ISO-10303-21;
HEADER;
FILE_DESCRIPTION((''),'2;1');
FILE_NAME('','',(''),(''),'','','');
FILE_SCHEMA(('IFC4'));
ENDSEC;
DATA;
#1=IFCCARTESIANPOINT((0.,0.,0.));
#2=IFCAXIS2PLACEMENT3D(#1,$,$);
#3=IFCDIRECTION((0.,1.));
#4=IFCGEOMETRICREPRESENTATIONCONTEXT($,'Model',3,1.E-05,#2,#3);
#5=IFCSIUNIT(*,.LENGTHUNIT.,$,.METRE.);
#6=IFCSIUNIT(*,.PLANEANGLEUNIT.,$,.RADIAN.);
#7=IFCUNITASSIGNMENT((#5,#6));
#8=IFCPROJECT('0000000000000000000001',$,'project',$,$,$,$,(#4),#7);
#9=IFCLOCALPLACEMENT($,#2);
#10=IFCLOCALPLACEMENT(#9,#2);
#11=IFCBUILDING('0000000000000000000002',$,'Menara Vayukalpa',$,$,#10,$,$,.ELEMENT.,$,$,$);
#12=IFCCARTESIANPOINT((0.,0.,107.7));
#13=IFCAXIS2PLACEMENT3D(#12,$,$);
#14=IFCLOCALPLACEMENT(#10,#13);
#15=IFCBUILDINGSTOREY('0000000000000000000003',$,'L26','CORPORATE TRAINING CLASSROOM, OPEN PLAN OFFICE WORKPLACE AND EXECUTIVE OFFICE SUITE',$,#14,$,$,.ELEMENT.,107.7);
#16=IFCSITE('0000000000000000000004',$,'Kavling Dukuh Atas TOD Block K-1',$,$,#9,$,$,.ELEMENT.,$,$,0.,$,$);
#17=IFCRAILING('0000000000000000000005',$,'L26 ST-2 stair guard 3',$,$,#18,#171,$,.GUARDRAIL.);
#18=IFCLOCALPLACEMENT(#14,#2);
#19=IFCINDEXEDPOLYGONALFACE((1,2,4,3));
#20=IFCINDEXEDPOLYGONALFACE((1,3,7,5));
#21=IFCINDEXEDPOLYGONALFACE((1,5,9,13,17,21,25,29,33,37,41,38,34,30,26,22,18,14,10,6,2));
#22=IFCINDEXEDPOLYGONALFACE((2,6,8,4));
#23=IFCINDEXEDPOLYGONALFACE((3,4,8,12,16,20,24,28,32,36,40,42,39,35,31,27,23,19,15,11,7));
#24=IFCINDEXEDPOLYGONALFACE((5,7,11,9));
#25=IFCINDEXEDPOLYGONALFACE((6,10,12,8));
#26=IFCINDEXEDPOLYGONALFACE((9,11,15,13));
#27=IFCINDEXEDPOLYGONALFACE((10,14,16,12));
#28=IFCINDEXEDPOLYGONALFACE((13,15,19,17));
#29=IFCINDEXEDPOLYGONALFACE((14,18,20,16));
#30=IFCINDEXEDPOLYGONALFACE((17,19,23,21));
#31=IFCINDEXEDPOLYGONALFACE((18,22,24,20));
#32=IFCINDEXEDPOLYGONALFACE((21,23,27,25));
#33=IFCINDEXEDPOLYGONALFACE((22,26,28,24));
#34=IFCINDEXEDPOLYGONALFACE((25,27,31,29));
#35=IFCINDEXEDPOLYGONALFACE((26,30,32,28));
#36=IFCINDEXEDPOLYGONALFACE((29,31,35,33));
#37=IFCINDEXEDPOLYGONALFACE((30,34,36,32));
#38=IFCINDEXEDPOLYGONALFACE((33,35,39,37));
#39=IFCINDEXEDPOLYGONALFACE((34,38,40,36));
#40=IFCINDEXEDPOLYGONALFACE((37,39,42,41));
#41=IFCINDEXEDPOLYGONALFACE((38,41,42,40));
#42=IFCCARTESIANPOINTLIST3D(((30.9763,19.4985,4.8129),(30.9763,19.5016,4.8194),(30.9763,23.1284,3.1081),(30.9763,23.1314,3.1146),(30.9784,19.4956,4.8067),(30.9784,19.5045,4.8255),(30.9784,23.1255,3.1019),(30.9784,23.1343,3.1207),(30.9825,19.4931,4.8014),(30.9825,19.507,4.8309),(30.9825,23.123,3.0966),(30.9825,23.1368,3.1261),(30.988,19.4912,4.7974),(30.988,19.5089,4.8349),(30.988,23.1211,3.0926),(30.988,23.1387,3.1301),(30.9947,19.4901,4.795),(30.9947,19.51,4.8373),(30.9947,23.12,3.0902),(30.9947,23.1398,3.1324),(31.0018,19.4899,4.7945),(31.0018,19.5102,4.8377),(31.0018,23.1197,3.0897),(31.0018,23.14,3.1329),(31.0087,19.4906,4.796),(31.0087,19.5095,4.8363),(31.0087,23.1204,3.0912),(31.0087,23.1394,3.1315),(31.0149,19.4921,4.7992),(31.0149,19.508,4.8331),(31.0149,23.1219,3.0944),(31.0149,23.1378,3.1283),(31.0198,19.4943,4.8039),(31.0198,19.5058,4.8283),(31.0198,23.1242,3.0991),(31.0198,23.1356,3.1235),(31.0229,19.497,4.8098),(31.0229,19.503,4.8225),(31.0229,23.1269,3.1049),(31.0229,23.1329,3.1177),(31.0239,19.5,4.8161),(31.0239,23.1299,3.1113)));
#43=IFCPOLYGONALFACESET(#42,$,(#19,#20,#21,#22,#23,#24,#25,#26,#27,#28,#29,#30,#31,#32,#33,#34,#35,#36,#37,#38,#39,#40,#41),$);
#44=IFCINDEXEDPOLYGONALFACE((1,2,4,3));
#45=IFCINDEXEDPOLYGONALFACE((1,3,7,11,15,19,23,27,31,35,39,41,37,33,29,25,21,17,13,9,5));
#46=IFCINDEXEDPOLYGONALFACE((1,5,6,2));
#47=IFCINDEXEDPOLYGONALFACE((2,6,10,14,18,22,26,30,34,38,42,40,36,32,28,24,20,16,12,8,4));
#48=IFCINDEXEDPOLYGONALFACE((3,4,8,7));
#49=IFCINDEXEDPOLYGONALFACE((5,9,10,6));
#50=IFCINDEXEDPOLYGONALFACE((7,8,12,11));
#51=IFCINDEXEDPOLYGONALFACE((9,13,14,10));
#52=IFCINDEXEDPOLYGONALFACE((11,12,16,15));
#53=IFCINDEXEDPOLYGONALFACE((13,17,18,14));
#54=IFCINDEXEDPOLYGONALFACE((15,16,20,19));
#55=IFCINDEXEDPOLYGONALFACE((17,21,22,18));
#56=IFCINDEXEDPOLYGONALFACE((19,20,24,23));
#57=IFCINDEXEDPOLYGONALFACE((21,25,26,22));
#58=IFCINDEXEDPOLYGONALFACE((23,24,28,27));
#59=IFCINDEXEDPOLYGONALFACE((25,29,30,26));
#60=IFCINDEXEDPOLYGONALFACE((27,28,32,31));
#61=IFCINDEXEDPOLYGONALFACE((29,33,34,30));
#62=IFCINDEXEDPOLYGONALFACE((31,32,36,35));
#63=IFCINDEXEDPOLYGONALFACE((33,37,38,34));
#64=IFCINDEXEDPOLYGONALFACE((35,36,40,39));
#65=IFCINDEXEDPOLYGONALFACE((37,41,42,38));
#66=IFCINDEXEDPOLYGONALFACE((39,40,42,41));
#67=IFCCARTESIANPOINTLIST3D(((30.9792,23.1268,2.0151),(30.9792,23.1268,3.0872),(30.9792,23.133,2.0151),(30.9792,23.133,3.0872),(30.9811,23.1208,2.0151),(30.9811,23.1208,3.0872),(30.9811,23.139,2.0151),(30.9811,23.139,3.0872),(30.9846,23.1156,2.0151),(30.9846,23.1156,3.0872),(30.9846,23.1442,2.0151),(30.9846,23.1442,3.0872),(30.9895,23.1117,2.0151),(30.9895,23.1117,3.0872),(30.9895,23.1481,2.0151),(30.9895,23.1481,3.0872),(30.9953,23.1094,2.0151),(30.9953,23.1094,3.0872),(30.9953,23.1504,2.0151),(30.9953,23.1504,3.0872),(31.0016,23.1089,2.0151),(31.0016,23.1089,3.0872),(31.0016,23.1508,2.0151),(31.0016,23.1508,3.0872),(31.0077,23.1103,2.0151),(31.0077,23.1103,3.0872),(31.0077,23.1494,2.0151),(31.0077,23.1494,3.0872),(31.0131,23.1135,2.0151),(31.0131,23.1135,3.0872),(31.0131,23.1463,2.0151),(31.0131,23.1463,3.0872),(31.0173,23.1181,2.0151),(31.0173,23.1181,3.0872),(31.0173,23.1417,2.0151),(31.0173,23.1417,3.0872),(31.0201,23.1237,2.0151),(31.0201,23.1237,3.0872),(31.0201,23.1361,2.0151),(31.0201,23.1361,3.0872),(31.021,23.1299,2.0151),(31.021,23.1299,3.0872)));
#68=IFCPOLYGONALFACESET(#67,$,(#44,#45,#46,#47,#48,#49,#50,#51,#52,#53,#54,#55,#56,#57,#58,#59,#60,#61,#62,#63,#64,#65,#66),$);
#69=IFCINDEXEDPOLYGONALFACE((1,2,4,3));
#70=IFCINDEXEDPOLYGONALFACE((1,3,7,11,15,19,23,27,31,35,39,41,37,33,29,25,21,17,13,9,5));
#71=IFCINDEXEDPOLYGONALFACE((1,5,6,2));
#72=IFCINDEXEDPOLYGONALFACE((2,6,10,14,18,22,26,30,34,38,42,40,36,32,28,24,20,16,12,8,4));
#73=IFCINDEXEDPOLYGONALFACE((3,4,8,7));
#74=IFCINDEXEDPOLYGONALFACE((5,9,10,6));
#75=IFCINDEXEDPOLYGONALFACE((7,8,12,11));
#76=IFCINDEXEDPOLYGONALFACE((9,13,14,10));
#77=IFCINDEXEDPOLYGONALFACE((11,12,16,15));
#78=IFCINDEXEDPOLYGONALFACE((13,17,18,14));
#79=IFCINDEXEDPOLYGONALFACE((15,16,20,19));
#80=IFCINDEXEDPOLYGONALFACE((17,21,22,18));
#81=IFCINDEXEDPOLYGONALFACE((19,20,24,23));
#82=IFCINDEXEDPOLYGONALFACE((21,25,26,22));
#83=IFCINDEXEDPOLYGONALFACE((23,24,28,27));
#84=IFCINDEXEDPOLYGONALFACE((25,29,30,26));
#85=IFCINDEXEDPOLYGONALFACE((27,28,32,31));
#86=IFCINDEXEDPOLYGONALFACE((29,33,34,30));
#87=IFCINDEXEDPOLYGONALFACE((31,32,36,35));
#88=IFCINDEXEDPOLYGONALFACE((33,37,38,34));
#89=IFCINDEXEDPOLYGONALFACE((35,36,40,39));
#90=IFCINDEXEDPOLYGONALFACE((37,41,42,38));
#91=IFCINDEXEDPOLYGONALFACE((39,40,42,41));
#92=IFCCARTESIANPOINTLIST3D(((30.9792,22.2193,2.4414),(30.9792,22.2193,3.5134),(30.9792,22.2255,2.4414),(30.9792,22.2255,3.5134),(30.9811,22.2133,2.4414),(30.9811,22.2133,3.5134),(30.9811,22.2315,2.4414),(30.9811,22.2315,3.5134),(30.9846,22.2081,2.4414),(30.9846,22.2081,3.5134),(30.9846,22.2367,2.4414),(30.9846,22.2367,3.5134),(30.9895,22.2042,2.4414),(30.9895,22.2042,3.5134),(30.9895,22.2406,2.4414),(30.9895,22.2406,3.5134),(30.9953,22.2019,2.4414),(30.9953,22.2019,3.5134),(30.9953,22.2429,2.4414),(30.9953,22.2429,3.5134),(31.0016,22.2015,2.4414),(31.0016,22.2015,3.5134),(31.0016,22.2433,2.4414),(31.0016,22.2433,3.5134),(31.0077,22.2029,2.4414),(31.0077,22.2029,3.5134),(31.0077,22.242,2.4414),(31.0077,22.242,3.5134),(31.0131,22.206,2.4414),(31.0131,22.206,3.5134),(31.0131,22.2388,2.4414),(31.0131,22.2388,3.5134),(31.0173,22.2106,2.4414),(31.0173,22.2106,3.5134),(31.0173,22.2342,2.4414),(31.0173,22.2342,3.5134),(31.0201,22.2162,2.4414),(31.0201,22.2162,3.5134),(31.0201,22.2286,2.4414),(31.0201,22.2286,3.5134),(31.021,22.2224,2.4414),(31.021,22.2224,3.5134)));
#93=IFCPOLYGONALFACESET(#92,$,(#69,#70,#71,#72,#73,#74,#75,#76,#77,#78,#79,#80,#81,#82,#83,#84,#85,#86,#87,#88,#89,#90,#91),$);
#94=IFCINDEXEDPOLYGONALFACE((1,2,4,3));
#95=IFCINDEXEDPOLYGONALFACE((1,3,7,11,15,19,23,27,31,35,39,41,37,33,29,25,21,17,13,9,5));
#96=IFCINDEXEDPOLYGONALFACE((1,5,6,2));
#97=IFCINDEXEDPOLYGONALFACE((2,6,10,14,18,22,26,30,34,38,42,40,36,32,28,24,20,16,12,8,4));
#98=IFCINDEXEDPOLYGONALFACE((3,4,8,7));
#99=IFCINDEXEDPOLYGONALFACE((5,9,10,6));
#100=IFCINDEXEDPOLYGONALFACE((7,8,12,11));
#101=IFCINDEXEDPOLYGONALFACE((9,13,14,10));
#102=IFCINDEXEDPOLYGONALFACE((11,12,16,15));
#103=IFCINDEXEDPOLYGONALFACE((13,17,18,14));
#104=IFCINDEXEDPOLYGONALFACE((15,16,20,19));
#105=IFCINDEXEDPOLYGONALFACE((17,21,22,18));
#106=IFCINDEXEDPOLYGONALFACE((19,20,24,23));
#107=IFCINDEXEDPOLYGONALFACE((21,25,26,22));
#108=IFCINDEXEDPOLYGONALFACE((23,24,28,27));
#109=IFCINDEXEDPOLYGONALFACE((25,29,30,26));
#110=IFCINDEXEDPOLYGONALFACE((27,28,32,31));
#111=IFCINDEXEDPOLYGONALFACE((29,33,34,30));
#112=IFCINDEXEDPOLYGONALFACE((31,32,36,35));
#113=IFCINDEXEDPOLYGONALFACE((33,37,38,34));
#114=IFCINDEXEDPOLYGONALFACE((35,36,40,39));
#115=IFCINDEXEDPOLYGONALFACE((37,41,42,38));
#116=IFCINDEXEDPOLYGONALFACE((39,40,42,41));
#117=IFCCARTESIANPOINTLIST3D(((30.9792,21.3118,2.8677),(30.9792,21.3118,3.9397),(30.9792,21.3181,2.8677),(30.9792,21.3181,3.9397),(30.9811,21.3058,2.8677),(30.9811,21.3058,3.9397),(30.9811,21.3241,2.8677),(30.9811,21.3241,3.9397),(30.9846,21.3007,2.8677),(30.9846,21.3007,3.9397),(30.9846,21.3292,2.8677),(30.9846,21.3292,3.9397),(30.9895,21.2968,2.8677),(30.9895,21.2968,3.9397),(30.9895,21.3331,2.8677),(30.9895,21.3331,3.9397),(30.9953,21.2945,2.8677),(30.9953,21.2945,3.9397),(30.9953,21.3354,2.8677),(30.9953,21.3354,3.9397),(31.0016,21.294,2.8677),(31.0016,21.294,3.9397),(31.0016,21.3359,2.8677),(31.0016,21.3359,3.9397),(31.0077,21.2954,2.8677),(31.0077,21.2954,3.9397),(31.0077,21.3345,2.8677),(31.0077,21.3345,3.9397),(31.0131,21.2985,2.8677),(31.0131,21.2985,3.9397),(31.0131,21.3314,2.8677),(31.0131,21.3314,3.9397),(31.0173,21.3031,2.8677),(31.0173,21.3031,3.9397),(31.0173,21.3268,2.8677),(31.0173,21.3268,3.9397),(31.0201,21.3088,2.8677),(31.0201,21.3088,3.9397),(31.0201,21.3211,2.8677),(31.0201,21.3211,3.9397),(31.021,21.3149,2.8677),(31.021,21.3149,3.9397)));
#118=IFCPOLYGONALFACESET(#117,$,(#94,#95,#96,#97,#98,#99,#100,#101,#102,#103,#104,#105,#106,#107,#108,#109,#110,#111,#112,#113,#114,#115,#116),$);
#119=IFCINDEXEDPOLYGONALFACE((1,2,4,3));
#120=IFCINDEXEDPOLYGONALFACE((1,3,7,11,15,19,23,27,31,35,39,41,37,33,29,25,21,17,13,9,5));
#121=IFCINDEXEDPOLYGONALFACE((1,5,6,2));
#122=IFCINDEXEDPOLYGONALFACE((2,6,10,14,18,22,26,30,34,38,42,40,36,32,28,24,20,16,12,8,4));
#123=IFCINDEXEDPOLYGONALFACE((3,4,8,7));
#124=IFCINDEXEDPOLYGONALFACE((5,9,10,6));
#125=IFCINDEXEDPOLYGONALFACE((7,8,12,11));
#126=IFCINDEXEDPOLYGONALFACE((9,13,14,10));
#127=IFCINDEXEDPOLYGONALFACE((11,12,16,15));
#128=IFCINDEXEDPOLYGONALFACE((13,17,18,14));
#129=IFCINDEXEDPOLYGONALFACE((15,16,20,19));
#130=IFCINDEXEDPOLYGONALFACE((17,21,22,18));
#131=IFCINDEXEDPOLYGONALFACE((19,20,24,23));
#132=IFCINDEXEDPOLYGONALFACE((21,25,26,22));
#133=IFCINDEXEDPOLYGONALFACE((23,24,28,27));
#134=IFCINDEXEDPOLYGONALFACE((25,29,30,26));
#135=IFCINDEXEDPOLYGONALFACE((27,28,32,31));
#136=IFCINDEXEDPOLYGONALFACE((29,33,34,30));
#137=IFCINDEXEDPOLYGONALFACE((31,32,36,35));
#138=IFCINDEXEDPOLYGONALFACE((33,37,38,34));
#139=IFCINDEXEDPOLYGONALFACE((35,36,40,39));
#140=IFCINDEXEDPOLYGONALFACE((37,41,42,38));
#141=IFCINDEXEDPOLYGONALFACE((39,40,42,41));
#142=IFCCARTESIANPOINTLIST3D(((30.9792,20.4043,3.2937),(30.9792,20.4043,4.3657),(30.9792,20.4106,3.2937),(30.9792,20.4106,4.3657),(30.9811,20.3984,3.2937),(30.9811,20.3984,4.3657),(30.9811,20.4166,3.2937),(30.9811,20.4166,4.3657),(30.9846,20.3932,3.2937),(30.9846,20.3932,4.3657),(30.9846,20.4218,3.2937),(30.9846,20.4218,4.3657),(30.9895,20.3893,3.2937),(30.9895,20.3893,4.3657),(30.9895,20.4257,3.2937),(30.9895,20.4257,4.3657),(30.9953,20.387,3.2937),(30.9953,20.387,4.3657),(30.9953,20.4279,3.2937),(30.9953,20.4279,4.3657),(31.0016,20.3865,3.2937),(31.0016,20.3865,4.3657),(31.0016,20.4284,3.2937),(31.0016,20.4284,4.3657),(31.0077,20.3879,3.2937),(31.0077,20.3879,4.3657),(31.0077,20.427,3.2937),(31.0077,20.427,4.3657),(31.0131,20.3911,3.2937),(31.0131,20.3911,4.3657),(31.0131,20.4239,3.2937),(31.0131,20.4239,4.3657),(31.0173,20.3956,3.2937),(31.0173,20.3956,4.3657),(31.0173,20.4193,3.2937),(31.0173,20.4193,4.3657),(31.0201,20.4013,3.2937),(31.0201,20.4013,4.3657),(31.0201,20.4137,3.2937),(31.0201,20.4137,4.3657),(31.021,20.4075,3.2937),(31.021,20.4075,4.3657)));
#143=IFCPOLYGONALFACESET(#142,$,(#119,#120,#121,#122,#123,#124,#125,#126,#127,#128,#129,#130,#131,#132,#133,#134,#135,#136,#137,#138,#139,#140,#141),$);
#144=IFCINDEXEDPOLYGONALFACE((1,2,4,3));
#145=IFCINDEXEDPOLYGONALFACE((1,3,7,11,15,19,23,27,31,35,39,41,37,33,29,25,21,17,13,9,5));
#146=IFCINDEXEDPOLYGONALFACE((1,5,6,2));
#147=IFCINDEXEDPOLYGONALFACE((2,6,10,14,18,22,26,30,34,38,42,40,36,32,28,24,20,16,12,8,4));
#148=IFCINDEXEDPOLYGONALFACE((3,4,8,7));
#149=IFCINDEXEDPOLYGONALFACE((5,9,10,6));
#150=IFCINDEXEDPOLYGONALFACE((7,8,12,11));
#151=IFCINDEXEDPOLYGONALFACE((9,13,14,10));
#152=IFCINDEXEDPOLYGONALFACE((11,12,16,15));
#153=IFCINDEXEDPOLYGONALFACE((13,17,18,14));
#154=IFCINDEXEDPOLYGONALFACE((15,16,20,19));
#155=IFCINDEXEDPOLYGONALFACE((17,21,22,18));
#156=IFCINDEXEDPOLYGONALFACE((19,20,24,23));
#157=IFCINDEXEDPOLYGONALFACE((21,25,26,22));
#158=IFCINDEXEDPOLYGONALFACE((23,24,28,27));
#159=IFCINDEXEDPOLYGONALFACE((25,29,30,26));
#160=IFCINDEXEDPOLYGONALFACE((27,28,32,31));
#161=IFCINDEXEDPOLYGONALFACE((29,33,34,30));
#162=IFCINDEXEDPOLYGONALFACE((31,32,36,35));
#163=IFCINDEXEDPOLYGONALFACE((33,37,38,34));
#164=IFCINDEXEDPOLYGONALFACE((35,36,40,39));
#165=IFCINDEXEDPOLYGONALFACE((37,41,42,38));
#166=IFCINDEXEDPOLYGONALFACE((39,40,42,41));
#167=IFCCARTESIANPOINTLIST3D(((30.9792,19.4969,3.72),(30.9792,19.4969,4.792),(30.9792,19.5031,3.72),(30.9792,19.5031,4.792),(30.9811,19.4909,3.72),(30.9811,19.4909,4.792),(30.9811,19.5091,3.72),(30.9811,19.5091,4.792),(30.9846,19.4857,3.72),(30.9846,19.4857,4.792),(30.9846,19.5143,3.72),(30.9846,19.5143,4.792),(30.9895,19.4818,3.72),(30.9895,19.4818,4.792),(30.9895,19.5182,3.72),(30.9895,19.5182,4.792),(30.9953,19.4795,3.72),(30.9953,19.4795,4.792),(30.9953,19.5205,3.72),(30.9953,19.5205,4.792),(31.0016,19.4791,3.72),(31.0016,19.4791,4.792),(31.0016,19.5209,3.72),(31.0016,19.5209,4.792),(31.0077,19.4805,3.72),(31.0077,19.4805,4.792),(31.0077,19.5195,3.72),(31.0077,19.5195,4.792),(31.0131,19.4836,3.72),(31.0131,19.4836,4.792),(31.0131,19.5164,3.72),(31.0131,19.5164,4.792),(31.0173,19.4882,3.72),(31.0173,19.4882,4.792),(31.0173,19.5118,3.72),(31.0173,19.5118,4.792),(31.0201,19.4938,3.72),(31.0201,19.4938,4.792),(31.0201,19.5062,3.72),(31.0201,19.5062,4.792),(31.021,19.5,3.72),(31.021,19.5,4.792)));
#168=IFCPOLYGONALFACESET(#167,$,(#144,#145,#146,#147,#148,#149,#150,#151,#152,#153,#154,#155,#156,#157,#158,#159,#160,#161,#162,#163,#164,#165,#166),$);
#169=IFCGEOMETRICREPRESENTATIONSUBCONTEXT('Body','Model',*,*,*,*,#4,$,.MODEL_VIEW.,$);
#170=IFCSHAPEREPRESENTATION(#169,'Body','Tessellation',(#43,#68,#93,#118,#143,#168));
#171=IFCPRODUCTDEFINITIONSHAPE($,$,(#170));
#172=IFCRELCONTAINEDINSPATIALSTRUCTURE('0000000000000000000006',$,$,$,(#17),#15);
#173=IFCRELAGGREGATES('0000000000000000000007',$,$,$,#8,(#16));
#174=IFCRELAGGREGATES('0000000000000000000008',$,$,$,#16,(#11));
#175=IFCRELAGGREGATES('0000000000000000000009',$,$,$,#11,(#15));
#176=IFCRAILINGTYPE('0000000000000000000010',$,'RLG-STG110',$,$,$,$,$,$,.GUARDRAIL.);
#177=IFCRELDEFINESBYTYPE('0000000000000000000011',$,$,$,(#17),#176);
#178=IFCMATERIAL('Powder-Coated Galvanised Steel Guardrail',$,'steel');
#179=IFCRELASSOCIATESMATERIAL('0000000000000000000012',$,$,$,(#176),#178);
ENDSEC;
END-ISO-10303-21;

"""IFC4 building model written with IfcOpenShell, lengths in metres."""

from ifc_helpers import new_model, si_unit, direction, frame, origin, origin_2d, place, context, subcontext, project, spatial, circle, extrude, material, type_object, element, save


model = new_model("IFC4")

# Units and contexts
model_context = context("Model", 3, precision=1e-05, world=origin(), true_north=direction((0.0, 1.0)))
body_context = subcontext(model_context, "Body", "Model", "MODEL_VIEW")
ifc_project = project(units=[si_unit("LENGTHUNIT", "METRE"), si_unit("PLANEANGLEUNIT", "RADIAN")], contexts=[model_context])

# Site, building, storey
site_placement = place(None, origin())
site = spatial("IfcSite", under=ifc_project, at=site_placement, Name="Kavling Dukuh Atas TOD Block K-1", CompositionType="ELEMENT", RefElevation=0.0)
building_placement = place(site_placement, origin())
building = spatial("IfcBuilding", under=site, at=building_placement, Name="Menara Vayukalpa", CompositionType="ELEMENT")
storey_placement = place(building_placement, frame((0.0, 0.0, 107.7)))
storey = spatial("IfcBuildingStorey", under=building, at=storey_placement, Name="L26", Description="CORPORATE TRAINING CLASSROOM, OPEN PLAN OFFICE WORKPLACE AND EXECUTIVE OFFICE SUITE", CompositionType="ELEMENT", Elevation=107.7)

# Railing
ifc_material_1 = material(Name="Powder-Coated Galvanised Steel Guardrail", Category="steel")
railing_type_1 = type_object("IfcRailingType", Name="RLG-STG110", PredefinedType="GUARDRAIL", material=ifc_material_1)
railing_1_placement = place(storey_placement, frame((31.0, 23.1299, 2.0151)))
element("IfcRailing", 1, at=railing_1_placement, inside=storey, type_object=railing_type_1, Name="L26 ST-2 stair guard 3", PredefinedType="GUARDRAIL", context=body_context, shape_type="SweptSolid", body=[
    extrude(circle(Radius=0.0239, at=origin_2d()), frame((0.0, 0.0, 1.0962), z_axis=(0.0, -0.90514, 0.425114), x_axis=(1.0, 0.0, 0.0)), (0.0, 0.0, 1.0), 4.0103),
    extrude(circle(Radius=0.021, at=origin_2d()), origin(), (0.0, 0.0, 1.0), 1.072),
    extrude(circle(Radius=0.021, at=origin_2d()), frame((0.0, -0.9075, 0.4263)), (0.0, 0.0, 1.0), 1.072),
    extrude(circle(Radius=0.021, at=origin_2d()), frame((0.0, -1.8149, 0.8525)), (0.0, 0.0, 1.0), 1.072),
    extrude(circle(Radius=0.021, at=origin_2d()), frame((0.0, -2.7224, 1.2786)), (0.0, 0.0, 1.0), 1.072),
    extrude(circle(Radius=0.021, at=origin_2d()), frame((0.0, -3.6299, 1.7048)), (0.0, 0.0, 1.0), 1.072),
])

save(model, "model.ifc")
